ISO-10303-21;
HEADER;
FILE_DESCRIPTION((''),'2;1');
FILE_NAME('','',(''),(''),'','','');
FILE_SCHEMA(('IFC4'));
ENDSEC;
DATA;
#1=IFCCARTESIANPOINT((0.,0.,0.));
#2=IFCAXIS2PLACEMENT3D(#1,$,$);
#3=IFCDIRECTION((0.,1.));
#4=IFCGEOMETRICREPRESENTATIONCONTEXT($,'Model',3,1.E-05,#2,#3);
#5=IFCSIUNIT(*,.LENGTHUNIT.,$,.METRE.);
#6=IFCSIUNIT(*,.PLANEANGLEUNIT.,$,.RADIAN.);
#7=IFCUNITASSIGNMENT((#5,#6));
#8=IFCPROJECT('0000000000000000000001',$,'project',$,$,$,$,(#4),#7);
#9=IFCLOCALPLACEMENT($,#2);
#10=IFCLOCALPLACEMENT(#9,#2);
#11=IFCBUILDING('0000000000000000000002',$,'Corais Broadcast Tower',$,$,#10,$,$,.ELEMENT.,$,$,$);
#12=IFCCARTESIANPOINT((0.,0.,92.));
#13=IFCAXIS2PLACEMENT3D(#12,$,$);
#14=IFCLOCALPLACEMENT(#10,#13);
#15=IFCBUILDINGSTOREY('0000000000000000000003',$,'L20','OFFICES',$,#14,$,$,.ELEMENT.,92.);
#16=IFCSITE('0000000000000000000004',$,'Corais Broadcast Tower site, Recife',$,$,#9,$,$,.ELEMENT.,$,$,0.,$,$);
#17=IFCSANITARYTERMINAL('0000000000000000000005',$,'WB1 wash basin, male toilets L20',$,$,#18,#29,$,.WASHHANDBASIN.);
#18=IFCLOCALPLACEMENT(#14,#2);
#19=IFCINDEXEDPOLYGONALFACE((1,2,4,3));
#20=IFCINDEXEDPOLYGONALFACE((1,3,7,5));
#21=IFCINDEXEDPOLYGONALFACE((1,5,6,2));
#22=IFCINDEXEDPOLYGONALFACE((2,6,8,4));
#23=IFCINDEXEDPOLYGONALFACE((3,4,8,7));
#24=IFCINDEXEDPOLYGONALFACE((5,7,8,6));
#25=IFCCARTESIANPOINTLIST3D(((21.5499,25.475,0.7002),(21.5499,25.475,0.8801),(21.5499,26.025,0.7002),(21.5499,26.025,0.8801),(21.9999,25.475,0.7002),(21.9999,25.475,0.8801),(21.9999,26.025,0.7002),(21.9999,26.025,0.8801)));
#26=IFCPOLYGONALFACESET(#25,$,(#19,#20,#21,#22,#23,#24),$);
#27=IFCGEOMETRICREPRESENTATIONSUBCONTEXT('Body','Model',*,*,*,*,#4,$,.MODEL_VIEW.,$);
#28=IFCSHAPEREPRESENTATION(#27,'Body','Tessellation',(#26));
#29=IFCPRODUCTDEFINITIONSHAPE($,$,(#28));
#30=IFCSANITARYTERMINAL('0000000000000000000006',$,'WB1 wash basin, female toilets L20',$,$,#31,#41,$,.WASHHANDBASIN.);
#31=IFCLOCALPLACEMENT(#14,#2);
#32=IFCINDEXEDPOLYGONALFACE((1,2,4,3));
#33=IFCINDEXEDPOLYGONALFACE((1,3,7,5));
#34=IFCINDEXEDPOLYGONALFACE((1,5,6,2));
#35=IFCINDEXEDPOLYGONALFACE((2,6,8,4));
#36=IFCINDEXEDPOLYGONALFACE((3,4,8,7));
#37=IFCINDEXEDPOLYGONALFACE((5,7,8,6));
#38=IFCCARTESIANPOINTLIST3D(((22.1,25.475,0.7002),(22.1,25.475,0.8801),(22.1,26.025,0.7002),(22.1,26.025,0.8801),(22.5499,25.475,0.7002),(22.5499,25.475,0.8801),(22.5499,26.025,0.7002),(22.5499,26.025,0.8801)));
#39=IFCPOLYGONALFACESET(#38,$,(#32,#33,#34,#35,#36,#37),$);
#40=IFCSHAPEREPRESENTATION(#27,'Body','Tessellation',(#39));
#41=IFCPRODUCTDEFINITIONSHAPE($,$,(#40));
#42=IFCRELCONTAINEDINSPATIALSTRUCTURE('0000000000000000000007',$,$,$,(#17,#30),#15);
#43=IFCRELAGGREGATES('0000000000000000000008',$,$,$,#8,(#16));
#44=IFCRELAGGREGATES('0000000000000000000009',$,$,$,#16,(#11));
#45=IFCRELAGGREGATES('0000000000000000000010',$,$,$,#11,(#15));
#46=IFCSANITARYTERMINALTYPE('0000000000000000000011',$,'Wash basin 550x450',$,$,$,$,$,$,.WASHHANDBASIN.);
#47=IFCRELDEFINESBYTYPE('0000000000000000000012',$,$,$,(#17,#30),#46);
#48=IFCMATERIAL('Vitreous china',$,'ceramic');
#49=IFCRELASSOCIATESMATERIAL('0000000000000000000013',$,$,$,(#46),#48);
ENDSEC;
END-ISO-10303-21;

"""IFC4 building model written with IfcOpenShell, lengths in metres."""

from ifc_helpers import new_model, si_unit, direction, frame, origin, origin_2d, place, context, subcontext, project, spatial, rectangle, extrude, material, type_object, element, save


model = new_model("IFC4")

# Units and contexts
model_context = context("Model", 3, precision=1e-05, world=origin(), true_north=direction((0.0, 1.0)))
body_context = subcontext(model_context, "Body", "Model", "MODEL_VIEW")
ifc_project = project(units=[si_unit("LENGTHUNIT", "METRE"), si_unit("PLANEANGLEUNIT", "RADIAN")], contexts=[model_context])

# Site, building, storey
site_placement = place(None, origin())
site = spatial("IfcSite", under=ifc_project, at=site_placement, Name="Corais Broadcast Tower site, Recife", CompositionType="ELEMENT", RefElevation=0.0)
building_placement = place(site_placement, origin())
building = spatial("IfcBuilding", under=site, at=building_placement, Name="Corais Broadcast Tower", CompositionType="ELEMENT")
storey_placement = place(building_placement, frame((0.0, 0.0, 92.0)))
storey = spatial("IfcBuildingStorey", under=building, at=storey_placement, Name="L20", Description="OFFICES", CompositionType="ELEMENT", Elevation=92.0)

# Sanitary terminals
ifc_material_1 = material(Name="Vitreous china", Category="ceramic")
sanitary_terminal_type_1 = type_object("IfcSanitaryTerminalType", Name="Wash basin 550x450", PredefinedType="WASHHANDBASIN", material=ifc_material_1)
for number, where, z_axis, x_axis, name in (
    (1, (21.7749, 25.75, 0.7002), (0.0, 0.0, 1.0), (1.0, 0.0, 0.0), "WB1 wash basin, male toilets L20"),
    (2, (22.325, 25.75, 0.7002), (0.0, 0.0, 1.0), (1.0, 0.0, 0.0), "WB1 wash basin, female toilets L20"),
):
    element("IfcSanitaryTerminal", number, at=place(storey_placement, frame(where, z_axis=z_axis, x_axis=x_axis)), inside=storey, type_object=sanitary_terminal_type_1, Name=name, PredefinedType="WASHHANDBASIN", context=body_context, shape_type="SweptSolid", body=[
        extrude(rectangle(XDim=0.45, YDim=0.55, at=origin_2d()), origin(), (0.0, 0.0, 1.0), 0.1799),
    ])

save(model, "model.ifc")
